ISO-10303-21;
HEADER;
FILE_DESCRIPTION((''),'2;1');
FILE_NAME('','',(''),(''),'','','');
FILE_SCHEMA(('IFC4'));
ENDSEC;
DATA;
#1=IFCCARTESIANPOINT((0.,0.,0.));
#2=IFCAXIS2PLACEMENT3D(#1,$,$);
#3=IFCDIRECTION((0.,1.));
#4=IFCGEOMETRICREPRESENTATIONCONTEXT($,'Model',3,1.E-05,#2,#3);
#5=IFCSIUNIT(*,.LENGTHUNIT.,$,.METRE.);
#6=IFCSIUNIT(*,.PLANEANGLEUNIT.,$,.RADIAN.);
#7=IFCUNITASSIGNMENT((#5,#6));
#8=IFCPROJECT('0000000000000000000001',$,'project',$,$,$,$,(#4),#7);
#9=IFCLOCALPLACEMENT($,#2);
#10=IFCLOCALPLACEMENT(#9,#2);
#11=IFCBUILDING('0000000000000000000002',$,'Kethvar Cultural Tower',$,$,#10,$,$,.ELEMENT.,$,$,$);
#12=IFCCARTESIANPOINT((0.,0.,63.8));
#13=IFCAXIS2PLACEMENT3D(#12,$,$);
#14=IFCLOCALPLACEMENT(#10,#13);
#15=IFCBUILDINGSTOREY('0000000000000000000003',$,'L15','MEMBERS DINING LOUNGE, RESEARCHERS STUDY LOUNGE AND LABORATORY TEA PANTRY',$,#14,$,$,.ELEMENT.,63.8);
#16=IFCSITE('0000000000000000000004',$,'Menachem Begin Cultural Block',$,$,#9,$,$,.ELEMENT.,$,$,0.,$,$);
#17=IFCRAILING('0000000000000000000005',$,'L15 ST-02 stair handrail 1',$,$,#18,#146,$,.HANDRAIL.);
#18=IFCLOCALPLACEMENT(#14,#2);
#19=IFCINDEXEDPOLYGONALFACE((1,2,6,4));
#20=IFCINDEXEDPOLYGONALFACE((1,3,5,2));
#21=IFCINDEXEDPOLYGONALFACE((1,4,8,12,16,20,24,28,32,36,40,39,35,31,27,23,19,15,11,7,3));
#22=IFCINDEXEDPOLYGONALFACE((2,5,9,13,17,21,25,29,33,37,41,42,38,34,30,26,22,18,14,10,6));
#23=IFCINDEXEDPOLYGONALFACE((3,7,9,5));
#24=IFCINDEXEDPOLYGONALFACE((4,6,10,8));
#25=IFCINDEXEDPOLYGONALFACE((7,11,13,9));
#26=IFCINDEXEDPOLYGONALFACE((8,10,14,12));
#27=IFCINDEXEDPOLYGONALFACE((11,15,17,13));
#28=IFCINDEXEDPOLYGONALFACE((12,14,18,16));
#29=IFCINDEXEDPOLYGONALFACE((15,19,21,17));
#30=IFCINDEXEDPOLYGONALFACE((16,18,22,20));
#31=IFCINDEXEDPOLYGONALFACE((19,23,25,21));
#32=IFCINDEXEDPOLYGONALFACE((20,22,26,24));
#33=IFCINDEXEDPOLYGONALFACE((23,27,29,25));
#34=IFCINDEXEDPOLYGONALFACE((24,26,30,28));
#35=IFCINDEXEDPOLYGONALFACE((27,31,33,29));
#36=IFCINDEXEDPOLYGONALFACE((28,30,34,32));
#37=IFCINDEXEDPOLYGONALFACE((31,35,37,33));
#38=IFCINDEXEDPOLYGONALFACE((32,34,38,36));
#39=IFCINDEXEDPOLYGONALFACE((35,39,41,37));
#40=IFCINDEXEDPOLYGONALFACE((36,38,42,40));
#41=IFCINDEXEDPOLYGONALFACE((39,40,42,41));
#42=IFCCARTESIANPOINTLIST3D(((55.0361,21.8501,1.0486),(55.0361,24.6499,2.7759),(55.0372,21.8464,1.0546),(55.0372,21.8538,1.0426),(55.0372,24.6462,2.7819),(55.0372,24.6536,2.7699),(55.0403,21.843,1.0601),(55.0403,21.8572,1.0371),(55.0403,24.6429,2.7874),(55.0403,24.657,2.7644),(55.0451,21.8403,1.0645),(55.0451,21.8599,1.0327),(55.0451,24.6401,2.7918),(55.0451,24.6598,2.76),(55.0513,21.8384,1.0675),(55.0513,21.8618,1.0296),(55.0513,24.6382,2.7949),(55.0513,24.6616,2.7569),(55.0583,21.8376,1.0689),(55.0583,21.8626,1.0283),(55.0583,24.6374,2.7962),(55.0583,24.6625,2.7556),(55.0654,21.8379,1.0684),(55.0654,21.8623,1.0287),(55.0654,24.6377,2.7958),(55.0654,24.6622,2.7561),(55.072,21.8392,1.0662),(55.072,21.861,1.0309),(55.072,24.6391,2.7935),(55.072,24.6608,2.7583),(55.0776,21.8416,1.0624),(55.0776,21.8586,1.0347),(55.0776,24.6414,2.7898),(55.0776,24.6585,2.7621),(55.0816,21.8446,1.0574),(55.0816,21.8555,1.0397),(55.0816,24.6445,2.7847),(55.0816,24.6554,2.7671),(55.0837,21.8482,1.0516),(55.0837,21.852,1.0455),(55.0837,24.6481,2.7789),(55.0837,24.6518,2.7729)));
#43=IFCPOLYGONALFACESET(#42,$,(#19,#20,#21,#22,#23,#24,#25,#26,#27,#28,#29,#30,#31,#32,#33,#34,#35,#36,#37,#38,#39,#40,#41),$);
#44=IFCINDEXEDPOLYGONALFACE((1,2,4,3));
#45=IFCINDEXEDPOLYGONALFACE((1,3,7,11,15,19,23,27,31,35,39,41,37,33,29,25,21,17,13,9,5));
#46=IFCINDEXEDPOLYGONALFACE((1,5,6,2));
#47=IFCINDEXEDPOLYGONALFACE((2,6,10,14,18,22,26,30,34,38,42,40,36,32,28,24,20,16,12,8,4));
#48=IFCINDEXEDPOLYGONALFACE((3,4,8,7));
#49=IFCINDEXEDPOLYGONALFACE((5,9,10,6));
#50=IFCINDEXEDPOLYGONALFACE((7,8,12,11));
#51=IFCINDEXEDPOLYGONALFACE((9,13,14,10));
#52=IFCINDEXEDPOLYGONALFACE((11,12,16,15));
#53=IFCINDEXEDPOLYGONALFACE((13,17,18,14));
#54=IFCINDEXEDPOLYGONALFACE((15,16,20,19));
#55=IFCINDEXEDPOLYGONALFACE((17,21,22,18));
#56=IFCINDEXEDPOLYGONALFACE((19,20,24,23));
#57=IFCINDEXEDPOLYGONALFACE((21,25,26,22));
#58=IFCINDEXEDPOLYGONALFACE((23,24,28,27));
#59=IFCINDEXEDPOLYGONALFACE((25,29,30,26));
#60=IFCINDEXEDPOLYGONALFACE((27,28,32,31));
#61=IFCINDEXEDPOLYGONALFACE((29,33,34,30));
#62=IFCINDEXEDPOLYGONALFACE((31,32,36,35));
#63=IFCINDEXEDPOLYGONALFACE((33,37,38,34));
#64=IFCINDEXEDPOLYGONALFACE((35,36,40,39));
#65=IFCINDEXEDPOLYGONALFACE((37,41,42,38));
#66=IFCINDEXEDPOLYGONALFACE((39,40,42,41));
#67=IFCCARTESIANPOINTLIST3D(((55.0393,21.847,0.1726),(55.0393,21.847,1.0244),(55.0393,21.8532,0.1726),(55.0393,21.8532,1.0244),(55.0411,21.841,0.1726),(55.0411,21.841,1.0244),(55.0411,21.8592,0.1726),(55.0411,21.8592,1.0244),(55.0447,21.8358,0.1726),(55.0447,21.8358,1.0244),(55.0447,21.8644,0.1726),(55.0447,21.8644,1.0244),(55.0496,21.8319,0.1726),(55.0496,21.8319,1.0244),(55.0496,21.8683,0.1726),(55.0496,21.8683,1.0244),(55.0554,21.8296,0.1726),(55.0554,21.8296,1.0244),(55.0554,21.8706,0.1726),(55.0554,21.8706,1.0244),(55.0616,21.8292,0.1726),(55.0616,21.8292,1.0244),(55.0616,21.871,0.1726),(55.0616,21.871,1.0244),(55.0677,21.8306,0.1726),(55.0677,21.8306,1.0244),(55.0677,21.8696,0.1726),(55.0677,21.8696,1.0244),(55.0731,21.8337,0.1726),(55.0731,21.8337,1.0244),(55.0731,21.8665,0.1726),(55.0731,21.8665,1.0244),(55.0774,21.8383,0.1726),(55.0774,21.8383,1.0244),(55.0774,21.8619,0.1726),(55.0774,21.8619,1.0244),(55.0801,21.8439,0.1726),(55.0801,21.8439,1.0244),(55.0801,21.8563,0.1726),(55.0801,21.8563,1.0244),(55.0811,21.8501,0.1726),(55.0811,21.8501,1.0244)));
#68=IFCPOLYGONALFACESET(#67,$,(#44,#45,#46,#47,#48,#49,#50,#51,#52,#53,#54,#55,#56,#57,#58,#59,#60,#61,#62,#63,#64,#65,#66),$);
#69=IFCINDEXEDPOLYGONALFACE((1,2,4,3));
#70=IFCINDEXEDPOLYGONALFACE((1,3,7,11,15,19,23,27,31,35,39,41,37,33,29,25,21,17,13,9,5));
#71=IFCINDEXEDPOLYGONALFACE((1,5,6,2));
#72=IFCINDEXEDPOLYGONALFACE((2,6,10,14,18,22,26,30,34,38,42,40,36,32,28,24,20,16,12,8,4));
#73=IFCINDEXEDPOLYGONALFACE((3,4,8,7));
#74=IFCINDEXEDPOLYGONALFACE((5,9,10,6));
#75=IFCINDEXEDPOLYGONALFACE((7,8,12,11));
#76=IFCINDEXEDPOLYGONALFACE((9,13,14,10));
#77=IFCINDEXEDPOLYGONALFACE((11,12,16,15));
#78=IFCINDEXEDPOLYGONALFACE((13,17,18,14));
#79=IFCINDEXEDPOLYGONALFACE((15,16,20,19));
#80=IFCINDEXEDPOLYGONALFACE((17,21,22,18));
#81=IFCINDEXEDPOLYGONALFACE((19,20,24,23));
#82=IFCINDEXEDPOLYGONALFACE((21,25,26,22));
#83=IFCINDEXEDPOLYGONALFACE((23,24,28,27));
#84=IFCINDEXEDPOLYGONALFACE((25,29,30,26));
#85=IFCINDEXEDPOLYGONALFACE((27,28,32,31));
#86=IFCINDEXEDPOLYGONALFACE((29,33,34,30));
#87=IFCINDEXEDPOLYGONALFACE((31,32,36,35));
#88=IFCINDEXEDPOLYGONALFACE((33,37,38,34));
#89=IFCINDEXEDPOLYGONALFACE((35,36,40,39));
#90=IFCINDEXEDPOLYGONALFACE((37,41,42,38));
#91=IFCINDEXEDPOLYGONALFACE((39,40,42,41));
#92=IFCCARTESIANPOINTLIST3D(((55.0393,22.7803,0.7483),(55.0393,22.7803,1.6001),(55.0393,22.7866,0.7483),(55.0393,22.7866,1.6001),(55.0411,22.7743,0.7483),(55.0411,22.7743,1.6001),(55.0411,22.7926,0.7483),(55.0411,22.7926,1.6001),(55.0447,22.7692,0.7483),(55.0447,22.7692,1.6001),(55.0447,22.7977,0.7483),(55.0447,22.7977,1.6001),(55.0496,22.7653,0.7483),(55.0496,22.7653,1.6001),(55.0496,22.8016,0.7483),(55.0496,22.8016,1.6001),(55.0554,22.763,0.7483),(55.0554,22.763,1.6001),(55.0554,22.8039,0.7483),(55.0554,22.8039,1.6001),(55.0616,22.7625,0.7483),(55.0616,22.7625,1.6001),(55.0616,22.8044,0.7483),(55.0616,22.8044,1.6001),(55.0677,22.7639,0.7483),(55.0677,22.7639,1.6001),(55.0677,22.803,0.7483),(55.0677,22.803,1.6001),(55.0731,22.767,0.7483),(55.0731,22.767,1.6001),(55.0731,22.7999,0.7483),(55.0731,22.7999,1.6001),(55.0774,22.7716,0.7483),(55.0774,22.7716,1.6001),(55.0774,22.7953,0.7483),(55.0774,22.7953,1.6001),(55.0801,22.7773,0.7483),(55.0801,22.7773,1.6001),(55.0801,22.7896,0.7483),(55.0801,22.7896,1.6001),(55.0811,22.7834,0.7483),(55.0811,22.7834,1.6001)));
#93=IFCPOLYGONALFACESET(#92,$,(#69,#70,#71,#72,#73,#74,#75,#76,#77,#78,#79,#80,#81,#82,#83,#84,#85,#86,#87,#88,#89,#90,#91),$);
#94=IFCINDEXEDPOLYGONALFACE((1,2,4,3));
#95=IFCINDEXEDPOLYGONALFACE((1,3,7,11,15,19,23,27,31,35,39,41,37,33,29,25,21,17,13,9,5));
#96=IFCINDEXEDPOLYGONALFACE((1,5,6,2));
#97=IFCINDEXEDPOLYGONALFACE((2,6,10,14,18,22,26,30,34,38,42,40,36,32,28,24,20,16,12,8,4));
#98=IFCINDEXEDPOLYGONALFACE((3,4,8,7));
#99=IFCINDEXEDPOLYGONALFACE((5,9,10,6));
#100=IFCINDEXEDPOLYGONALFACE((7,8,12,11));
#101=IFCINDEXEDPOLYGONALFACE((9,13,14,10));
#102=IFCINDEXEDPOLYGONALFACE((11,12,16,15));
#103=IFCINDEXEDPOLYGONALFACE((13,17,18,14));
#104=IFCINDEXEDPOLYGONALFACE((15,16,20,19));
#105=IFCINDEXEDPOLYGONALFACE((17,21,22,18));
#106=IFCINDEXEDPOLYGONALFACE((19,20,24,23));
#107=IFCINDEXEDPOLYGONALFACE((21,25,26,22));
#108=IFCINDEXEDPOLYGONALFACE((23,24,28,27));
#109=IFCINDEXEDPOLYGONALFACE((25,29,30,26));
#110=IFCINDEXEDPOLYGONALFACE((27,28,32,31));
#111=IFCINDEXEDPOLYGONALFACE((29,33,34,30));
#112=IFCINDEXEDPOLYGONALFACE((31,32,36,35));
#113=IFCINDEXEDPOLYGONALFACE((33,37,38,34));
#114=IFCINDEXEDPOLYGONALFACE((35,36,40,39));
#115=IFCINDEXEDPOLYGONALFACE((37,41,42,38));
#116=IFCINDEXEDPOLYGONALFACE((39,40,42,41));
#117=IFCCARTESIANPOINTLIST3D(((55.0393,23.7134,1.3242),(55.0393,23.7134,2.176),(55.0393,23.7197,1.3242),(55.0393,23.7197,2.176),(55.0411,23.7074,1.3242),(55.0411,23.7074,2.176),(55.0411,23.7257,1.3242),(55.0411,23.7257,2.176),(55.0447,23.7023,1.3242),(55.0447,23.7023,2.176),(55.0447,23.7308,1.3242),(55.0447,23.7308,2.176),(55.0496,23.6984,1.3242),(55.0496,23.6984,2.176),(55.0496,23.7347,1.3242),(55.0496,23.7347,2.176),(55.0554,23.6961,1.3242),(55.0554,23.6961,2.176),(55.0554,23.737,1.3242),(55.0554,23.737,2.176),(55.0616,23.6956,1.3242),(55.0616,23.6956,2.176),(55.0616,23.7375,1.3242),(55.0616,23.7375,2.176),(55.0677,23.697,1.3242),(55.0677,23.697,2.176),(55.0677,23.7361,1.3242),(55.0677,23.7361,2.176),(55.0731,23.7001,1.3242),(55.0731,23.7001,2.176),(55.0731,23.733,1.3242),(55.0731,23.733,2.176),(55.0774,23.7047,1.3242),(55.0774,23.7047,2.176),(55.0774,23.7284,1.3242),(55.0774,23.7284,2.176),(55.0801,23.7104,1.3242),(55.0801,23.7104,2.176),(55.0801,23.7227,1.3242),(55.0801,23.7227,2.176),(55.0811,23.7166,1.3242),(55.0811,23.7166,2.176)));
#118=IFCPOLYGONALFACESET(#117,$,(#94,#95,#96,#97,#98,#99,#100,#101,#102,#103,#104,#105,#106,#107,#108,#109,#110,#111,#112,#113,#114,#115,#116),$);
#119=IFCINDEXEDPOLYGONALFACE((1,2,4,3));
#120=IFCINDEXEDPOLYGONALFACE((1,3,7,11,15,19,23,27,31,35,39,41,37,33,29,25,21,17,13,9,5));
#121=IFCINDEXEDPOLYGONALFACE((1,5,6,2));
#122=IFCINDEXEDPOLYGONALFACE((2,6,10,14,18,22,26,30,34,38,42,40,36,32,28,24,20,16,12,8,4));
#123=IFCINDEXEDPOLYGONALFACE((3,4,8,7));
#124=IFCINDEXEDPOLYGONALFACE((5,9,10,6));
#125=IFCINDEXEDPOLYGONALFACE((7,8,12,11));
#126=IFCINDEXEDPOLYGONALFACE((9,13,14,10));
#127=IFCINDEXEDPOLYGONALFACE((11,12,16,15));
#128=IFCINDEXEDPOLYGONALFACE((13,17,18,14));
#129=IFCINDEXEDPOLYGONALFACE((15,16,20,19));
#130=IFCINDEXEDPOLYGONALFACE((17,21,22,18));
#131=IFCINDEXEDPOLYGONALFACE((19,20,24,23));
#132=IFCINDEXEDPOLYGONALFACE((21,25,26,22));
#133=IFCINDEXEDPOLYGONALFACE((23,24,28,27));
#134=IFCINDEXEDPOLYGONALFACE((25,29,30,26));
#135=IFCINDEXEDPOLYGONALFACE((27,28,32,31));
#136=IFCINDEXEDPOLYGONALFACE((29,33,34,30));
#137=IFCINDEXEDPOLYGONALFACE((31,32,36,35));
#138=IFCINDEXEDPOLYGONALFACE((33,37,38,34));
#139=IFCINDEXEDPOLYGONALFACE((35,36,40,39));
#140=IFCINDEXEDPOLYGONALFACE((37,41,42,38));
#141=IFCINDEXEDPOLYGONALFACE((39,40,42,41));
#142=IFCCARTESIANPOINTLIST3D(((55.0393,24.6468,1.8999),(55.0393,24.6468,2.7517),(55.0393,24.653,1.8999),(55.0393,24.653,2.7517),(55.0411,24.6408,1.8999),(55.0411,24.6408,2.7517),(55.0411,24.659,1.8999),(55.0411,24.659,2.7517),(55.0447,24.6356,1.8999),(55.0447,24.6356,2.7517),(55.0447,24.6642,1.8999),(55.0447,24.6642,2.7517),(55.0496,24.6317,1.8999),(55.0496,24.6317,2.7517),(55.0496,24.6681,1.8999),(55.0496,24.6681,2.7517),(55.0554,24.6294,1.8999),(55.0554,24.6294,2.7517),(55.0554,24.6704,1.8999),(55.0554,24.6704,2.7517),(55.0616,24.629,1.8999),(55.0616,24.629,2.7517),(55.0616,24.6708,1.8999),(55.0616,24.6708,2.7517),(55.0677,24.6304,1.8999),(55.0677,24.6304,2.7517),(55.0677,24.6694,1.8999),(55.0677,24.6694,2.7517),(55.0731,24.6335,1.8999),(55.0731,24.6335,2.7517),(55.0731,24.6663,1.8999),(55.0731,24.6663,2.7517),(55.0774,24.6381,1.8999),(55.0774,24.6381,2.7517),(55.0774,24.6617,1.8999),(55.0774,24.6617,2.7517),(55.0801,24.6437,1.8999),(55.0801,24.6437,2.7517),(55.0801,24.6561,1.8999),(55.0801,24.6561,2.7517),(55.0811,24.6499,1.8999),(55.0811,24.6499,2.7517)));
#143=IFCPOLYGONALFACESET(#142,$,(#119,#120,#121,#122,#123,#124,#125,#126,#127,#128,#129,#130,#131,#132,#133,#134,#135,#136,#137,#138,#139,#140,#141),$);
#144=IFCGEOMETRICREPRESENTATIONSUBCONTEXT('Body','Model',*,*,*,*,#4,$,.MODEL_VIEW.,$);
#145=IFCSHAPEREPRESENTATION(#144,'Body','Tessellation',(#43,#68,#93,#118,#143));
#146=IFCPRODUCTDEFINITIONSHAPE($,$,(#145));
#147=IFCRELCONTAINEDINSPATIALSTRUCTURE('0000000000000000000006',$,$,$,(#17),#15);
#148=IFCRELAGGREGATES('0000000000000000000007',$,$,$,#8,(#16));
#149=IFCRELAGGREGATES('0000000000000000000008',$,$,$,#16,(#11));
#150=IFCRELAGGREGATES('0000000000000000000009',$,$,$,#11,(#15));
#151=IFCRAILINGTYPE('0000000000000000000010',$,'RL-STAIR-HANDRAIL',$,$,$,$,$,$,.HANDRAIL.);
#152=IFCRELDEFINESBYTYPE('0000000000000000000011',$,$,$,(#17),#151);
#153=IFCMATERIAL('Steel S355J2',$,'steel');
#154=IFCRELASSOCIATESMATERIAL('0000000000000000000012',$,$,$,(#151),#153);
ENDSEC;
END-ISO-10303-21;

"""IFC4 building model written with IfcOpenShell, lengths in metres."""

from ifc_helpers import new_model, si_unit, direction, frame, origin, origin_2d, place, context, subcontext, project, spatial, circle, extrude, material, type_object, element, save


model = new_model("IFC4")

# Units and contexts
model_context = context("Model", 3, precision=1e-05, world=origin(), true_north=direction((0.0, 1.0)))
body_context = subcontext(model_context, "Body", "Model", "MODEL_VIEW")
ifc_project = project(units=[si_unit("LENGTHUNIT", "METRE"), si_unit("PLANEANGLEUNIT", "RADIAN")], contexts=[model_context])

# Site, building, storey
site_placement = place(None, origin())
site = spatial("IfcSite", under=ifc_project, at=site_placement, Name="Menachem Begin Cultural Block", CompositionType="ELEMENT", RefElevation=0.0)
building_placement = place(site_placement, origin())
building = spatial("IfcBuilding", under=site, at=building_placement, Name="Kethvar Cultural Tower", CompositionType="ELEMENT")
storey_placement = place(building_placement, frame((0.0, 0.0, 63.8)))
storey = spatial("IfcBuildingStorey", under=building, at=storey_placement, Name="L15", Description="MEMBERS DINING LOUNGE, RESEARCHERS STUDY LOUNGE AND LABORATORY TEA PANTRY", CompositionType="ELEMENT", Elevation=63.8)

# Shared definitions
ifc_material_1 = material(Name="Steel S355J2", Category="steel")

# Railing
railing_type_1 = type_object("IfcRailingType", Name="RL-STAIR-HANDRAIL", PredefinedType="HANDRAIL", material=ifc_material_1)
railing_1_placement = place(storey_placement, frame((55.0601, 21.8501, 0.1726)))
element("IfcRailing", 1, at=railing_1_placement, inside=storey, type_object=railing_type_1, Name="L15 ST-02 stair handrail 1", PredefinedType="HANDRAIL", context=body_context, shape_type="SweptSolid", body=[
    extrude(circle(Radius=0.0239, at=origin_2d()), frame((0.0, 0.0, 0.876), z_axis=(0.0, 0.851069, 0.525054), x_axis=(-1.0, 0.0, 0.0)), (0.0, 0.0, 1.0), 3.2898),
    extrude(circle(Radius=0.021, at=origin_2d()), origin(), (0.0, 0.0, 1.0), 0.8518),
    extrude(circle(Radius=0.021, at=origin_2d()), frame((0.0, 0.9333, 0.5757)), (0.0, 0.0, 1.0), 0.8518),
    extrude(circle(Radius=0.021, at=origin_2d()), frame((0.0, 1.8665, 1.1516)), (0.0, 0.0, 1.0), 0.8518),
    extrude(circle(Radius=0.021, at=origin_2d()), frame((0.0, 2.7998, 1.7273)), (0.0, 0.0, 1.0), 0.8518),
])

save(model, "model.ifc")
